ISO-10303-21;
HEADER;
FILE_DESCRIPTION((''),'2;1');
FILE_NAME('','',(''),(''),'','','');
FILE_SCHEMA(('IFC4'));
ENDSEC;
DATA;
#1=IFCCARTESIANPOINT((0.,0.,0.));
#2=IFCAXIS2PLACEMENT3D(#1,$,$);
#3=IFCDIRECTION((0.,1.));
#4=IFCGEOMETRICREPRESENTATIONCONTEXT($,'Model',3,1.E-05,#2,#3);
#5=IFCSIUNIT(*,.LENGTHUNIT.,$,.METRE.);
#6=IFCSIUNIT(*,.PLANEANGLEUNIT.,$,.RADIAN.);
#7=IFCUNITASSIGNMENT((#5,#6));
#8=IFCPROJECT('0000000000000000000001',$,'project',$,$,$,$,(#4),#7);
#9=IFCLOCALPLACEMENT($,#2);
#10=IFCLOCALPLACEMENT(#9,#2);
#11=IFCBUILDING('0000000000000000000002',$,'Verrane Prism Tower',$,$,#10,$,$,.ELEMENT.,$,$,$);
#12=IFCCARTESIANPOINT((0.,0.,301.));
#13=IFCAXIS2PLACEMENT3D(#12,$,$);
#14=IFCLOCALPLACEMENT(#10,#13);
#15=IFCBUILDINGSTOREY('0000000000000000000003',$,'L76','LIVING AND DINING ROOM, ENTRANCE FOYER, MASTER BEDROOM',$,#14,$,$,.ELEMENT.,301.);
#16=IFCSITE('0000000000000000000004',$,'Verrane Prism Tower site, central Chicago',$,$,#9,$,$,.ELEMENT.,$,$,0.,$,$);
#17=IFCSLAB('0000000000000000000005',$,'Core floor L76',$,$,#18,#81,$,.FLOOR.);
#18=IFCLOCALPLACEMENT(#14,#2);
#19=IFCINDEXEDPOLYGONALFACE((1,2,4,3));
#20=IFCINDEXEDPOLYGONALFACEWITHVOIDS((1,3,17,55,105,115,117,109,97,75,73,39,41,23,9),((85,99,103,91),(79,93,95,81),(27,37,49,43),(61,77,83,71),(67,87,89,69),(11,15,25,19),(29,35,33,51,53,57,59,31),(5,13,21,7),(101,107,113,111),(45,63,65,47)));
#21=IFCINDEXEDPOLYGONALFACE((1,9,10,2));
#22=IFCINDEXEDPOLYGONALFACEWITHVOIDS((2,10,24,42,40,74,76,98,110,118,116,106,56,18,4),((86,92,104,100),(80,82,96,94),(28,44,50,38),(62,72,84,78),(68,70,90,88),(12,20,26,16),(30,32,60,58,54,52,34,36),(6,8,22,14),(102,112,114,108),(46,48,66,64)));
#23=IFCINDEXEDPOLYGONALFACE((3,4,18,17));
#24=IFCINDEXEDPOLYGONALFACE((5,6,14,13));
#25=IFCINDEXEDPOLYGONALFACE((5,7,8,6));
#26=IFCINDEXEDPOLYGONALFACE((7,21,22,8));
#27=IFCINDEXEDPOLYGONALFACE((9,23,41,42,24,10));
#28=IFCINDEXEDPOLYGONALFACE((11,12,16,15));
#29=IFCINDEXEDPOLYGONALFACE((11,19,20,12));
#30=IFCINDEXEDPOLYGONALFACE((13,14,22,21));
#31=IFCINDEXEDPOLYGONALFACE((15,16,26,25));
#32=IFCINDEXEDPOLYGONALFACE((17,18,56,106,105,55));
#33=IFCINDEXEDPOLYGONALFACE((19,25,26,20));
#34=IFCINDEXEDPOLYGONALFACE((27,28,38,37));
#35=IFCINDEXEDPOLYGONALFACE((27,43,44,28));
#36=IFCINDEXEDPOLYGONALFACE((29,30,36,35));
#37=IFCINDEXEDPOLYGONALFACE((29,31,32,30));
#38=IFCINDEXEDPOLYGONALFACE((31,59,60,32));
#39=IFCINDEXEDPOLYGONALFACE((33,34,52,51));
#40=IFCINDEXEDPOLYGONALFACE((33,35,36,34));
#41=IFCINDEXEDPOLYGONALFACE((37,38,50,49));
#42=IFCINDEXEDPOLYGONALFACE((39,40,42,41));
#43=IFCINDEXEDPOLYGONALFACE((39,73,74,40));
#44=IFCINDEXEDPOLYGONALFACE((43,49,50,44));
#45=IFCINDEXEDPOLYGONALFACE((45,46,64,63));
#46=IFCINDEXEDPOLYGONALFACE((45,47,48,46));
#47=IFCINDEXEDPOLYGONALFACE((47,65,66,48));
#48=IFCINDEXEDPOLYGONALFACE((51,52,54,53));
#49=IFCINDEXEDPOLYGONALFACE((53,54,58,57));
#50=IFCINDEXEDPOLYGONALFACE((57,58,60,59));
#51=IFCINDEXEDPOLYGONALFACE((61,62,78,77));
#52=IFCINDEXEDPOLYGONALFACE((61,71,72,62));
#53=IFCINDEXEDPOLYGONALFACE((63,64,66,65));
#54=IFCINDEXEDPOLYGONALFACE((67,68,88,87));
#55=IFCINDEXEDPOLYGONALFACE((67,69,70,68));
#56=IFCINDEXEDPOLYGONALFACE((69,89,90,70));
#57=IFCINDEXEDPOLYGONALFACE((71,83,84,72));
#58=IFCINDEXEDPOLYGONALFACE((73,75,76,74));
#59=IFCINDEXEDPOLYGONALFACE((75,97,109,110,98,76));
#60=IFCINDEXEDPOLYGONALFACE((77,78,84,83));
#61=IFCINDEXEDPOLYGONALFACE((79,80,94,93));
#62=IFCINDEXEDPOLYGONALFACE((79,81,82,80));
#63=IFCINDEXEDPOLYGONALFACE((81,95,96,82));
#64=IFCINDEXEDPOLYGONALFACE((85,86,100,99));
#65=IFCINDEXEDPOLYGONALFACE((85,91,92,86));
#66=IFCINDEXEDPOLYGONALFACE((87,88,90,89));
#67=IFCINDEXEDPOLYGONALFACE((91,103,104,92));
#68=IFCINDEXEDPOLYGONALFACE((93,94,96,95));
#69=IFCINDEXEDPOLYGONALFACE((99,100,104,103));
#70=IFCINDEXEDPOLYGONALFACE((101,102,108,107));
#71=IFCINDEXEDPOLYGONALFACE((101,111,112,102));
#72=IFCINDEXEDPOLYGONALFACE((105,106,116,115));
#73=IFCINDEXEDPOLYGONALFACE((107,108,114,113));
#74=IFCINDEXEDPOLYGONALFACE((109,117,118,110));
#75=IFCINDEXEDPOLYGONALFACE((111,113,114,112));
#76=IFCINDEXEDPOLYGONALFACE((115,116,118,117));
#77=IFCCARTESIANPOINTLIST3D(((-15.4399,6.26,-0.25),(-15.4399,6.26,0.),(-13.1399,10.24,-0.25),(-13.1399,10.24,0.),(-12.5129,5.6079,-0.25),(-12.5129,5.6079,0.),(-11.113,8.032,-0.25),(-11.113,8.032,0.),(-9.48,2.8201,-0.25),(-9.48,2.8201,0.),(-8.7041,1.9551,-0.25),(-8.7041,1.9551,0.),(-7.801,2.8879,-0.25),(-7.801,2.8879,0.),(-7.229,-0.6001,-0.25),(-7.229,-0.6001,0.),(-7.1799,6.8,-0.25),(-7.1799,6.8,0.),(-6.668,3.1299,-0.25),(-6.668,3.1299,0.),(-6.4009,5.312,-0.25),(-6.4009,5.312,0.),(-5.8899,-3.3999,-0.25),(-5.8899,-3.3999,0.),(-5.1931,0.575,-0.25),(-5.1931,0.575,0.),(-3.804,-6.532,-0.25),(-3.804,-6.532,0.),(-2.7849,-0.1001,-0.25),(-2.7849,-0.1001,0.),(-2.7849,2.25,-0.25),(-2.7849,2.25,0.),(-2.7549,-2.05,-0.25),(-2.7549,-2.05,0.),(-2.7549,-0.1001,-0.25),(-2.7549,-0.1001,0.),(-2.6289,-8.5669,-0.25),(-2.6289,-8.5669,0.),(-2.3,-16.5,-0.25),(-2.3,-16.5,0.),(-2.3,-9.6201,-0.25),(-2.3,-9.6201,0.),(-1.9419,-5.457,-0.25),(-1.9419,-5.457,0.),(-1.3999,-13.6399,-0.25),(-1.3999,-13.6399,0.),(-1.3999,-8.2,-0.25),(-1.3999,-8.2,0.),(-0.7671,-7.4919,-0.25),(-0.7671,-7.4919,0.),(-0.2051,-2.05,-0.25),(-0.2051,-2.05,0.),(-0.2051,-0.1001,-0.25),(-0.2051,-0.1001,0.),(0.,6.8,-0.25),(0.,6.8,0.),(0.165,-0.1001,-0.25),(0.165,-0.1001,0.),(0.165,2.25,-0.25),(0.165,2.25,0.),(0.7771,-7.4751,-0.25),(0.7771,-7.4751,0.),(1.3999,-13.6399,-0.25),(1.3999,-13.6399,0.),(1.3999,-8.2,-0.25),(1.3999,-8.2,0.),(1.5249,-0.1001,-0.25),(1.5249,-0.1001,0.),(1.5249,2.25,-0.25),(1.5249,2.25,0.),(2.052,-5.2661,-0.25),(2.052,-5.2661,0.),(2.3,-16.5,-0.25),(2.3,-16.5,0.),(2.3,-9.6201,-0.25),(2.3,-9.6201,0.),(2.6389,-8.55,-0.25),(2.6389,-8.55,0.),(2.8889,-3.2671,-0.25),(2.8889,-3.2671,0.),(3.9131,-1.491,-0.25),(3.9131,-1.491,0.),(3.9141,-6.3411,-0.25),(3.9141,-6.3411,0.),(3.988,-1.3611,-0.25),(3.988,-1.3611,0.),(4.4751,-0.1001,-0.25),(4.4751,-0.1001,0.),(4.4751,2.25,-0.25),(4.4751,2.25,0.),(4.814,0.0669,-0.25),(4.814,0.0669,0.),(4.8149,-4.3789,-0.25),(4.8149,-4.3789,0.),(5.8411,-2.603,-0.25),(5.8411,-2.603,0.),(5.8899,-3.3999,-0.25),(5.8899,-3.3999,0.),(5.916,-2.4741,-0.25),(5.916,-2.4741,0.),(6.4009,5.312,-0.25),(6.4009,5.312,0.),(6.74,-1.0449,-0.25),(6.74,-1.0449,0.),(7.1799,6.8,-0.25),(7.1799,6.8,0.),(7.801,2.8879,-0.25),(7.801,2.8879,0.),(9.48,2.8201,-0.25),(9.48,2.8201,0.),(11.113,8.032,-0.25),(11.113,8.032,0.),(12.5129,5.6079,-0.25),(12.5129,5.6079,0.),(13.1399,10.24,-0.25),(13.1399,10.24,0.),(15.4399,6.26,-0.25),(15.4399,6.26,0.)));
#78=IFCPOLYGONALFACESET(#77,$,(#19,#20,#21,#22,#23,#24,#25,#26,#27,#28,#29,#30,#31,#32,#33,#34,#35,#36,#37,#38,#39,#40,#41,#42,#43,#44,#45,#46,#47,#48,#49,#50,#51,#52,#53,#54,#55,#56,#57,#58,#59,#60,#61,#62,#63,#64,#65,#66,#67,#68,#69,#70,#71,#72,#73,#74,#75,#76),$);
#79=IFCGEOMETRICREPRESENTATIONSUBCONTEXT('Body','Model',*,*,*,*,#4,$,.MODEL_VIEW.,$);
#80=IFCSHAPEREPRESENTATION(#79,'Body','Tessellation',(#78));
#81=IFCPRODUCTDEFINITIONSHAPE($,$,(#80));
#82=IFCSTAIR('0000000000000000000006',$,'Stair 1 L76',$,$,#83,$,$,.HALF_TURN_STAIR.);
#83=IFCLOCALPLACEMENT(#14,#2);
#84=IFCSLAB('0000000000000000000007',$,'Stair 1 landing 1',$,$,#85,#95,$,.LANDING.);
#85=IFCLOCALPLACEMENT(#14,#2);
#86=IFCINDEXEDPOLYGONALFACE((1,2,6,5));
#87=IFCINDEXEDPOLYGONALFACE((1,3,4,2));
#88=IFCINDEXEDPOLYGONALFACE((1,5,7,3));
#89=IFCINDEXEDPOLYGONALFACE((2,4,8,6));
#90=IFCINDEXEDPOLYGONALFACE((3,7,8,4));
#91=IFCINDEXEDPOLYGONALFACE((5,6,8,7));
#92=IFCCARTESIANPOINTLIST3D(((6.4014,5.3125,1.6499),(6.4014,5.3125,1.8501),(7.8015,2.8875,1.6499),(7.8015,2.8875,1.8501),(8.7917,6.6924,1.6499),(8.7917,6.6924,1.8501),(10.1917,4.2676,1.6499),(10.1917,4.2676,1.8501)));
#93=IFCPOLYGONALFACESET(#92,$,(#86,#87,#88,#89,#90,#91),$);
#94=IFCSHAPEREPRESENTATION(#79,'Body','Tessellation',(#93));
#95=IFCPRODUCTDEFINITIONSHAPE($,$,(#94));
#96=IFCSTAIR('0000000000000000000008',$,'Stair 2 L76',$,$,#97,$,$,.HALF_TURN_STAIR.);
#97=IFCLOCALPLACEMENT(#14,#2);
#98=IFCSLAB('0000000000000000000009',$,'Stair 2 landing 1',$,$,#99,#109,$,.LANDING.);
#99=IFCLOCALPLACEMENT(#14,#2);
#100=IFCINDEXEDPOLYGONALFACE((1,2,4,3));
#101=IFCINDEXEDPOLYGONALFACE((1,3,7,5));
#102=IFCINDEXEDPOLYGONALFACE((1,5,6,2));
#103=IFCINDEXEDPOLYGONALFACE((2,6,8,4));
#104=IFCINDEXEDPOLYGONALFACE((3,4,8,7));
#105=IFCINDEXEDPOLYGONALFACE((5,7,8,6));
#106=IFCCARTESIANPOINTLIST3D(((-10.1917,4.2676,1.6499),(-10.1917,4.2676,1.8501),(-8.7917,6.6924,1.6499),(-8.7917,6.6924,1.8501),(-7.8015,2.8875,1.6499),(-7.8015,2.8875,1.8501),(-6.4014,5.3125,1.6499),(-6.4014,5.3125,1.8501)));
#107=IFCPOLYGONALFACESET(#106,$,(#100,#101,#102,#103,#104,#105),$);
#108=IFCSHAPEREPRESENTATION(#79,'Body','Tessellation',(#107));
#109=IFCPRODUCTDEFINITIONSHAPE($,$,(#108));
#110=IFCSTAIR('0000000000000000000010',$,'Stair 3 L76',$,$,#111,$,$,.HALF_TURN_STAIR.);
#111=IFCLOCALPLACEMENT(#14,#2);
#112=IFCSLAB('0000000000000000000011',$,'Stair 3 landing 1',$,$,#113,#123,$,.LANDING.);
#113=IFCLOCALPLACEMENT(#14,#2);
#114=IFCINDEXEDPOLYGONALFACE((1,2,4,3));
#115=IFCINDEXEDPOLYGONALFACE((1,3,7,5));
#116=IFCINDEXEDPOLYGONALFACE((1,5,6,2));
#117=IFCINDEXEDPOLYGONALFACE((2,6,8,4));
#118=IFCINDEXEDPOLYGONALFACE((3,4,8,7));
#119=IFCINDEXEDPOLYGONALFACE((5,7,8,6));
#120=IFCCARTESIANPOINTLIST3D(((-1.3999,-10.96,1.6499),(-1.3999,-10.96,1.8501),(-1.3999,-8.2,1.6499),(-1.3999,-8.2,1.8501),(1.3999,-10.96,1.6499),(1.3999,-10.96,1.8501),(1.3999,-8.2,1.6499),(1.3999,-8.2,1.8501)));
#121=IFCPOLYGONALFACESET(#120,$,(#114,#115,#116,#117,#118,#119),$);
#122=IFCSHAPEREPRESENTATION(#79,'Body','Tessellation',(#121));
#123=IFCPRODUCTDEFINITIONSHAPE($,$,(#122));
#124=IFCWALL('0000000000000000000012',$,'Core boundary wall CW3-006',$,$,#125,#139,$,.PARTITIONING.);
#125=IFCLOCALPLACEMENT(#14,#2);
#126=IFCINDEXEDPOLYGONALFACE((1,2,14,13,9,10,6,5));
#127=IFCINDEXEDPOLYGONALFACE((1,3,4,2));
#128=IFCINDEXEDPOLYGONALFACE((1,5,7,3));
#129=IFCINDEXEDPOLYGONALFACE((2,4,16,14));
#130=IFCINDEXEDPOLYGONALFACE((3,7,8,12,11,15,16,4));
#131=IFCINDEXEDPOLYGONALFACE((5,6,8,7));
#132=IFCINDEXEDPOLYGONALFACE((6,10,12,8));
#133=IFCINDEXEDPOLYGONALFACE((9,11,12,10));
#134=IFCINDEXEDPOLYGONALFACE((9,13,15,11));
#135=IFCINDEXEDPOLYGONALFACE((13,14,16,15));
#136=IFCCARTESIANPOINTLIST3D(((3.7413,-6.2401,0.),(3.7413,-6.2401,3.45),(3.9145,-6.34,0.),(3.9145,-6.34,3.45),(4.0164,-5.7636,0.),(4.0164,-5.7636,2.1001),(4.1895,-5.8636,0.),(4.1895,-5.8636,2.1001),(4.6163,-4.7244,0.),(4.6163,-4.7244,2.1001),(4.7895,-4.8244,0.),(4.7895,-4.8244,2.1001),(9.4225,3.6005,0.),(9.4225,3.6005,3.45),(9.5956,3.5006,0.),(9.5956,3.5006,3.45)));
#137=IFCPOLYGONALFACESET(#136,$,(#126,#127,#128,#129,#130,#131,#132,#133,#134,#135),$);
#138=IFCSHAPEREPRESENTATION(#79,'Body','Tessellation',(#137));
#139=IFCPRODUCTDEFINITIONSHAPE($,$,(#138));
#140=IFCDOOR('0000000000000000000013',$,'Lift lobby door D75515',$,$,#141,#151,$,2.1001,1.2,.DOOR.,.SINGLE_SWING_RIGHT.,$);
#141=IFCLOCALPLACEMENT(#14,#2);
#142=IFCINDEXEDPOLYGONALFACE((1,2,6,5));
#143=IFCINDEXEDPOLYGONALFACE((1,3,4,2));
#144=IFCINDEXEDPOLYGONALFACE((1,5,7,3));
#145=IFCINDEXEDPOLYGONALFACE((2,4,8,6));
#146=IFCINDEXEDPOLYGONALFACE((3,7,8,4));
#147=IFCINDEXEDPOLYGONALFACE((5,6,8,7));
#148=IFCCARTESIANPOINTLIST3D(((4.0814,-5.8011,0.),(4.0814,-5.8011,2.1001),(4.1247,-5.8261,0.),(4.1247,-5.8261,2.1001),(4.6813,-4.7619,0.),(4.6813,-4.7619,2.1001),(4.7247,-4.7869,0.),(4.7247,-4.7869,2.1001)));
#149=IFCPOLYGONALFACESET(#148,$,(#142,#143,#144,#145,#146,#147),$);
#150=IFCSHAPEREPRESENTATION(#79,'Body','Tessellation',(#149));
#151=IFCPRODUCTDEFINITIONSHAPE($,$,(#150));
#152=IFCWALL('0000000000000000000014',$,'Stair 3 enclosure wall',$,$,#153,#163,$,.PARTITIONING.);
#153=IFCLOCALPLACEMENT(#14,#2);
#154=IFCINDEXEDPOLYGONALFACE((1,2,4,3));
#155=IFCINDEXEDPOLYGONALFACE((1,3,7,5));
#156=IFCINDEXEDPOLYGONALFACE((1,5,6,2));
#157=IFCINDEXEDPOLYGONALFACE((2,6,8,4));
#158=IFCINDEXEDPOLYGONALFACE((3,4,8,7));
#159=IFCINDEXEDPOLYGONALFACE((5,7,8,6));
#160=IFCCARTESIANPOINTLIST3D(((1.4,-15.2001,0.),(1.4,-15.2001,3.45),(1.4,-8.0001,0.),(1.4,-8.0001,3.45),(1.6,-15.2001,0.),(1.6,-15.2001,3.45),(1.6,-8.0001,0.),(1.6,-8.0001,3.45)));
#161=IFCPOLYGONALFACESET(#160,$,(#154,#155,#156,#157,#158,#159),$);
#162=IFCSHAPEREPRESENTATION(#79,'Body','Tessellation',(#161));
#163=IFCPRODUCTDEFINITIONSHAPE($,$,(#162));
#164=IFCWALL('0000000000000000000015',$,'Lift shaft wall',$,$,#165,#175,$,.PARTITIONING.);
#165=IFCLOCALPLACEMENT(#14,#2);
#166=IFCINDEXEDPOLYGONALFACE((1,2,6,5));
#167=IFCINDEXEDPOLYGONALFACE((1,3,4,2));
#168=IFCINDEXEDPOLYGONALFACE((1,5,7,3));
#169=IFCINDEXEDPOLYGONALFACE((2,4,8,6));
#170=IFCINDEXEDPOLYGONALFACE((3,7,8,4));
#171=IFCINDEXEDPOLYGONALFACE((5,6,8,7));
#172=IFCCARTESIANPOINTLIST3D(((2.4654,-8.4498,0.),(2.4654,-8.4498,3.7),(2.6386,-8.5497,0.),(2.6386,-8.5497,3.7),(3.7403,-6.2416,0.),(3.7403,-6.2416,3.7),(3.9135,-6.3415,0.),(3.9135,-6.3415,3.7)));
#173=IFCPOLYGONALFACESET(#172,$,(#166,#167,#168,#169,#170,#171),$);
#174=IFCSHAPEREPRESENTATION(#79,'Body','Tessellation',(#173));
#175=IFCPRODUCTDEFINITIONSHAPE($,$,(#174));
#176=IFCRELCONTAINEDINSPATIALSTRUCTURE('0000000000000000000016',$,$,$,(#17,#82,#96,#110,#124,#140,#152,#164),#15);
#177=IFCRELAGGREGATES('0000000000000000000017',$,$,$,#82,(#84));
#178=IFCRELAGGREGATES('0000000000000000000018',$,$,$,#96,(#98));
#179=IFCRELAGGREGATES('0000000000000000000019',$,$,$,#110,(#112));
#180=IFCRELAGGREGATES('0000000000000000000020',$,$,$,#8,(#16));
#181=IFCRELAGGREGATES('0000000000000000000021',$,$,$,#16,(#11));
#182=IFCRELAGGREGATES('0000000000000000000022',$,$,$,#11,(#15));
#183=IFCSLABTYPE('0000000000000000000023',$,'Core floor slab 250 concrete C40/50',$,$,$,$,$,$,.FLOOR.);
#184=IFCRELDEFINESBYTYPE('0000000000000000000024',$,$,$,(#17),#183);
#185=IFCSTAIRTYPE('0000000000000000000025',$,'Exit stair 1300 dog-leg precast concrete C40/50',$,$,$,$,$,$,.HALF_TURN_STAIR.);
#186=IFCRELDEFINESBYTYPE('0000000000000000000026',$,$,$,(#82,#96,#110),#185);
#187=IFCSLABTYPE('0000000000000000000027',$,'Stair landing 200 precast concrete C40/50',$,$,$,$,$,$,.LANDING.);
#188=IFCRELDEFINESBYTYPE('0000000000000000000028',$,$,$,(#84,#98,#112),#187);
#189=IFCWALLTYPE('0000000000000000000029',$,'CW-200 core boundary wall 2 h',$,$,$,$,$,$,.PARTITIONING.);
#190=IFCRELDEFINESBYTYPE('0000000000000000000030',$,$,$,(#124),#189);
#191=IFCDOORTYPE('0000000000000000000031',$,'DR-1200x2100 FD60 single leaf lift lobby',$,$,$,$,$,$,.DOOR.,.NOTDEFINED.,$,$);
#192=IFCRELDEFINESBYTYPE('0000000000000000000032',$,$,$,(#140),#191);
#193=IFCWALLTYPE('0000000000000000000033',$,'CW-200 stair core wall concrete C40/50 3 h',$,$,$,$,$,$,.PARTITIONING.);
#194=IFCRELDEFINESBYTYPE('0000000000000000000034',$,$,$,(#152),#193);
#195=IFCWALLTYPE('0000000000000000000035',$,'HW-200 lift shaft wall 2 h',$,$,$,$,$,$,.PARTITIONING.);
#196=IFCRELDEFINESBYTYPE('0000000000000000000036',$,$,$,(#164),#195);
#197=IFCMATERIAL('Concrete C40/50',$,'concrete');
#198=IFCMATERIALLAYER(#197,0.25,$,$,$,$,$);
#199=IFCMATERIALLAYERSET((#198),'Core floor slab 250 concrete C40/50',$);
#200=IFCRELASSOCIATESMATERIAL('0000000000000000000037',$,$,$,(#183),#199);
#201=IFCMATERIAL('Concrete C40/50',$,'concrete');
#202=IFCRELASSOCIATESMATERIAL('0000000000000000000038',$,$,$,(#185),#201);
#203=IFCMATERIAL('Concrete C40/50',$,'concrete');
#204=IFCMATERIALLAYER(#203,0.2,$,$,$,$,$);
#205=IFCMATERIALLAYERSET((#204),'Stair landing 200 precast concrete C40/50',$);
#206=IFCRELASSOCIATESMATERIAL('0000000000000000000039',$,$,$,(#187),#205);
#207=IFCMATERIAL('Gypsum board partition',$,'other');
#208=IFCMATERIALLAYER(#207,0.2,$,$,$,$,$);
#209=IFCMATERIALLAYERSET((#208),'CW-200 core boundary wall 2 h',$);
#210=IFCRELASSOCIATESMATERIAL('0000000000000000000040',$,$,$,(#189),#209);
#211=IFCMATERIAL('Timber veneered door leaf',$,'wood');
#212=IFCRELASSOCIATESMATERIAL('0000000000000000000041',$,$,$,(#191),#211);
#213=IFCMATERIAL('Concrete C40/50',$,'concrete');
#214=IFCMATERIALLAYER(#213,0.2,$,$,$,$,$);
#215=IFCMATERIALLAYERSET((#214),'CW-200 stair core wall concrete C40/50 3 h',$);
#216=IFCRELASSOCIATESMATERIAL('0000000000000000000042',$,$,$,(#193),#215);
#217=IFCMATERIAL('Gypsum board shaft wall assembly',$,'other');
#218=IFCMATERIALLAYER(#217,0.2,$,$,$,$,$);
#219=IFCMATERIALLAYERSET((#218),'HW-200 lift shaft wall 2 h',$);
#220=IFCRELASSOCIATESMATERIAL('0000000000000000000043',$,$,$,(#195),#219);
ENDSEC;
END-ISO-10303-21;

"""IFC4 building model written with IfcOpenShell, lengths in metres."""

from ifc_helpers import new_model, si_unit, direction, frame, frame_2d, origin, place, context, subcontext, project, spatial, polyline, rectangle, outline, extrude, material, layer, layer_set, type_object, element, fill, aggregate, save


model = new_model("IFC4")

# Units and contexts
model_context = context("Model", 3, precision=1e-05, world=origin(), true_north=direction((0.0, 1.0)))
body_context = subcontext(model_context, "Body", "Model", "MODEL_VIEW")
ifc_project = project(units=[si_unit("LENGTHUNIT", "METRE"), si_unit("PLANEANGLEUNIT", "RADIAN")], contexts=[model_context])

# Site, building, storey
site_placement = place(None, origin())
site = spatial("IfcSite", under=ifc_project, at=site_placement, Name="Verrane Prism Tower site, central Chicago", CompositionType="ELEMENT", RefElevation=0.0)
building_placement = place(site_placement, origin())
building = spatial("IfcBuilding", under=site, at=building_placement, Name="Verrane Prism Tower", CompositionType="ELEMENT")
storey_placement = place(building_placement, frame((0.0, 0.0, 301.0)))
storey = spatial("IfcBuildingStorey", under=building, at=storey_placement, Name="L76", Description="LIVING AND DINING ROOM, ENTRANCE FOYER, MASTER BEDROOM", CompositionType="ELEMENT", Elevation=301.0)

# Slab
ifc_material_1 = material(Name="Concrete C40/50", Category="concrete")
ifc_layer_1 = layer(ifc_material_1, 0.25)
ifc_layer_set_1 = layer_set([ifc_layer_1], Name="Core floor slab 250 concrete C40/50")
slab_type_1 = type_object("IfcSlabType", Name="Core floor slab 250 concrete C40/50", PredefinedType="FLOOR", material=ifc_layer_set_1)
slab_1_placement = place(storey_placement, frame((0.0, 0.0, -0.25)))
element("IfcSlab", 1, at=slab_1_placement, inside=storey, type_object=slab_type_1, Name="Core floor L76", PredefinedType="FLOOR", context=body_context, shape_type="SweptSolid", body=[
    extrude(outline(polyline([(9.48, 2.8201), (15.4399, 6.26), (13.1399, 10.24), (7.1799, 6.8), (0.0, 6.8), (-7.1799, 6.8), (-13.1399, 10.24), (-15.4399, 6.26), (-9.48, 2.8201), (-5.8899, -3.3999), (-2.3, -9.6201), (-2.3, -16.5), (2.3, -16.5), (2.3, -9.6201), (5.8899, -3.3999), (9.48, 2.8201)]), holes=[polyline([(-1.3999, -8.2), (1.3999, -8.2), (1.3999, -13.6399), (-1.3999, -13.6399), (-1.3999, -8.2)]), polyline([(-0.7671, -7.4919), (-2.6289, -8.5669), (-3.804, -6.532), (-1.9419, -5.457), (-0.7671, -7.4919)]), polyline([(3.9141, -6.3411), (2.6389, -8.55), (0.7771, -7.4751), (2.052, -5.2661), (3.9141, -6.3411)]), polyline([(4.8149, -4.3789), (2.8889, -3.2671), (3.9131, -1.491), (5.8411, -2.603), (4.8149, -4.3789)]), polyline([(6.74, -1.0449), (5.916, -2.4741), (3.988, -1.3611), (4.814, 0.0669), (6.74, -1.0449)]), polyline([(-2.7849, -0.1001), (-2.7849, 2.25), (0.165, 2.25), (0.165, -0.1001), (-0.2051, -0.1001), (-0.2051, -2.05), (-2.7549, -2.05), (-2.7549, -0.1001), (-2.7849, -0.1001)]), polyline([(4.4751, 2.25), (4.4751, -0.1001), (1.5249, -0.1001), (1.5249, 2.25), (4.4751, 2.25)]), polyline([(-8.7041, 1.9551), (-6.668, 3.1299), (-5.1931, 0.575), (-7.229, -0.6001), (-8.7041, 1.9551)]), polyline([(-7.801, 2.8879), (-12.5129, 5.6079), (-11.113, 8.032), (-6.4009, 5.312), (-7.801, 2.8879)]), polyline([(6.4009, 5.312), (11.113, 8.032), (12.5129, 5.6079), (7.801, 2.8879), (6.4009, 5.312)])]), origin(), (0.0, 0.0, 1.0), 0.25),
])

# Stairs, slabs
ifc_material_2 = material(Name="Concrete C40/50", Category="concrete")
stair_type = type_object("IfcStairType", Name="Exit stair 1300 dog-leg precast concrete C40/50", PredefinedType="HALF_TURN_STAIR", material=ifc_material_2)
stair_1_placement = place(storey_placement, origin())
stair_1 = element("IfcStair", 2, at=stair_1_placement, inside=storey, type_object=stair_type, Name="Stair 1 L76", PredefinedType="HALF_TURN_STAIR")
ifc_material_3 = material(Name="Concrete C40/50", Category="concrete")
ifc_layer_2 = layer(ifc_material_3, 0.2)
ifc_layer_set_2 = layer_set([ifc_layer_2], Name="Stair landing 200 precast concrete C40/50")
slab_type_2 = type_object("IfcSlabType", Name="Stair landing 200 precast concrete C40/50", PredefinedType="LANDING", material=ifc_layer_set_2)
slab_2_placement = place(storey_placement, frame((0.0, 0.0, 1.6499)))
slab_2 = element("IfcSlab", 3, at=slab_2_placement, type_object=slab_type_2, Name="Stair 1 landing 1", PredefinedType="LANDING", context=body_context, shape_type="SweptSolid", body=[
    extrude(outline(polyline([(8.7917, 6.6924), (6.4014, 5.3125), (7.8015, 2.8875), (10.1917, 4.2676), (8.7917, 6.6924)])), origin(), (0.0, 0.0, 1.0), 0.2002),
])
aggregate(stair_1, [slab_2])
stair_2_placement = place(storey_placement, origin())
stair_2 = element("IfcStair", 4, at=stair_2_placement, inside=storey, type_object=stair_type, Name="Stair 2 L76", PredefinedType="HALF_TURN_STAIR")
slab_3_placement = place(storey_placement, frame((0.0, 0.0, 1.6499)))
slab_3 = element("IfcSlab", 5, at=slab_3_placement, type_object=slab_type_2, Name="Stair 2 landing 1", PredefinedType="LANDING", context=body_context, shape_type="SweptSolid", body=[
    extrude(outline(polyline([(-10.1917, 4.2676), (-7.8015, 2.8875), (-6.4014, 5.3125), (-8.7917, 6.6924), (-10.1917, 4.2676)])), origin(), (0.0, 0.0, 1.0), 0.2002),
])
aggregate(stair_2, [slab_3])
stair_3_placement = place(storey_placement, origin())
stair_3 = element("IfcStair", 6, at=stair_3_placement, inside=storey, type_object=stair_type, Name="Stair 3 L76", PredefinedType="HALF_TURN_STAIR")
slab_4_placement = place(storey_placement, frame((0.0, 0.0, 1.6499)))
slab_4 = element("IfcSlab", 7, at=slab_4_placement, type_object=slab_type_2, Name="Stair 3 landing 1", PredefinedType="LANDING", context=body_context, shape_type="SweptSolid", body=[
    extrude(outline(polyline([(1.3999, -10.96), (1.3999, -8.2), (-1.3999, -8.2), (-1.3999, -10.96), (1.3999, -10.96)])), origin(), (0.0, 0.0, 1.0), 0.2002),
])
aggregate(stair_3, [slab_4])

# Wall, opening, door
ifc_material_4 = material(Name="Gypsum board partition", Category="other")
ifc_layer_3 = layer(ifc_material_4, 0.2)
ifc_layer_set_3 = layer_set([ifc_layer_3], Name="CW-200 core boundary wall 2 h")
wall_type_1 = type_object("IfcWallType", Name="CW-200 core boundary wall 2 h", PredefinedType="PARTITIONING", material=ifc_layer_set_3)
wall_1_placement = place(storey_placement, frame((3.8279, -6.29, 0.0), z_axis=(0.0, 0.0, 1.0), x_axis=(0.49998, 0.866037, 0.0)))
wall_1 = element("IfcWall", 8, at=wall_1_placement, inside=storey, type_object=wall_type_1, Name="Core boundary wall CW3-006", PredefinedType="PARTITIONING", context=body_context, shape_type="SweptSolid", body=[
    extrude(rectangle(XDim=11.3628, YDim=0.2, at=frame_2d((5.6814, 0.0))), origin(), (0.0, 0.0, 1.0), 3.45),
])
opening_1_placement = place(wall_1_placement, frame((0.55, 0.0, 0.0)))
opening_1 = element("IfcOpeningElement", 9, at=opening_1_placement, cuts=wall_1, PredefinedType="OPENING", context=body_context, shape_type="SweptSolid", body=[
    extrude(rectangle(XDim=1.2, YDim=2.1001, at=frame_2d((0.6001, 1.05))), frame((0.0, 0.1099, 0.0), z_axis=(0.0, -1.0, 0.0), x_axis=(1.0, 0.0, 0.0)), (0.0, 0.0, 1.0), 0.22),
])
ifc_material_5 = material(Name="Timber veneered door leaf", Category="wood")
door_type_1 = type_object("IfcDoorType", Name="DR-1200x2100 FD60 single leaf lift lobby", OperationType="NOTDEFINED", PredefinedType="DOOR", material=ifc_material_5)
door_1_placement = place(opening_1_placement, origin())
door_1 = element("IfcDoor", 10, at=door_1_placement, inside=storey, type_object=door_type_1, Name="Lift lobby door D75515", OperationType="SINGLE_SWING_RIGHT", OverallHeight=2.1001, OverallWidth=1.2, PredefinedType="DOOR", context=body_context, shape_type="SweptSolid", body=[
    extrude(rectangle(XDim=1.2, YDim=2.1001, at=frame_2d((0.6001, 1.05))), frame((0.0, 0.0249, 0.0), z_axis=(0.0, -1.0, 0.0), x_axis=(1.0, 0.0, 0.0)), (0.0, 0.0, 1.0), 0.05),
])
fill(opening_1, door_1)

# Walls
ifc_material_6 = material(Name="Concrete C40/50", Category="concrete")
ifc_layer_4 = layer(ifc_material_6, 0.2)
ifc_layer_set_4 = layer_set([ifc_layer_4], Name="CW-200 stair core wall concrete C40/50 3 h")
wall_type_2 = type_object("IfcWallType", Name="CW-200 stair core wall concrete C40/50 3 h", PredefinedType="PARTITIONING", material=ifc_layer_set_4)
wall_2_placement = place(storey_placement, frame((1.5, -8.0, 0.0), z_axis=(0.0, 0.0, 1.0), x_axis=(0.0, -1.0, 0.0)))
element("IfcWall", 11, at=wall_2_placement, inside=storey, type_object=wall_type_2, Name="Stair 3 enclosure wall", PredefinedType="PARTITIONING", context=body_context, shape_type="SweptSolid", body=[
    extrude(rectangle(XDim=7.2, YDim=0.2, at=frame_2d((3.6001, 0.0))), origin(), (0.0, 0.0, 1.0), 3.45),
])
ifc_material_7 = material(Name="Gypsum board shaft wall assembly", Category="other")
ifc_layer_5 = layer(ifc_material_7, 0.2)
ifc_layer_set_5 = layer_set([ifc_layer_5], Name="HW-200 lift shaft wall 2 h")
wall_type_3 = type_object("IfcWallType", Name="HW-200 lift shaft wall 2 h", PredefinedType="PARTITIONING", material=ifc_layer_set_5)
wall_3_placement = place(storey_placement, frame((2.552, -8.4998, 0.0), z_axis=(0.0, 0.0, 1.0), x_axis=(0.49999, 0.866031, 0.0)))
element("IfcWall", 12, at=wall_3_placement, inside=storey, type_object=wall_type_3, Name="Lift shaft wall", PredefinedType="PARTITIONING", context=body_context, shape_type="SweptSolid", body=[
    extrude(rectangle(XDim=2.5498, YDim=0.2, at=frame_2d((1.2749, 0.0))), origin(), (0.0, 0.0, 1.0), 3.7),
])

save(model, "model.ifc")
